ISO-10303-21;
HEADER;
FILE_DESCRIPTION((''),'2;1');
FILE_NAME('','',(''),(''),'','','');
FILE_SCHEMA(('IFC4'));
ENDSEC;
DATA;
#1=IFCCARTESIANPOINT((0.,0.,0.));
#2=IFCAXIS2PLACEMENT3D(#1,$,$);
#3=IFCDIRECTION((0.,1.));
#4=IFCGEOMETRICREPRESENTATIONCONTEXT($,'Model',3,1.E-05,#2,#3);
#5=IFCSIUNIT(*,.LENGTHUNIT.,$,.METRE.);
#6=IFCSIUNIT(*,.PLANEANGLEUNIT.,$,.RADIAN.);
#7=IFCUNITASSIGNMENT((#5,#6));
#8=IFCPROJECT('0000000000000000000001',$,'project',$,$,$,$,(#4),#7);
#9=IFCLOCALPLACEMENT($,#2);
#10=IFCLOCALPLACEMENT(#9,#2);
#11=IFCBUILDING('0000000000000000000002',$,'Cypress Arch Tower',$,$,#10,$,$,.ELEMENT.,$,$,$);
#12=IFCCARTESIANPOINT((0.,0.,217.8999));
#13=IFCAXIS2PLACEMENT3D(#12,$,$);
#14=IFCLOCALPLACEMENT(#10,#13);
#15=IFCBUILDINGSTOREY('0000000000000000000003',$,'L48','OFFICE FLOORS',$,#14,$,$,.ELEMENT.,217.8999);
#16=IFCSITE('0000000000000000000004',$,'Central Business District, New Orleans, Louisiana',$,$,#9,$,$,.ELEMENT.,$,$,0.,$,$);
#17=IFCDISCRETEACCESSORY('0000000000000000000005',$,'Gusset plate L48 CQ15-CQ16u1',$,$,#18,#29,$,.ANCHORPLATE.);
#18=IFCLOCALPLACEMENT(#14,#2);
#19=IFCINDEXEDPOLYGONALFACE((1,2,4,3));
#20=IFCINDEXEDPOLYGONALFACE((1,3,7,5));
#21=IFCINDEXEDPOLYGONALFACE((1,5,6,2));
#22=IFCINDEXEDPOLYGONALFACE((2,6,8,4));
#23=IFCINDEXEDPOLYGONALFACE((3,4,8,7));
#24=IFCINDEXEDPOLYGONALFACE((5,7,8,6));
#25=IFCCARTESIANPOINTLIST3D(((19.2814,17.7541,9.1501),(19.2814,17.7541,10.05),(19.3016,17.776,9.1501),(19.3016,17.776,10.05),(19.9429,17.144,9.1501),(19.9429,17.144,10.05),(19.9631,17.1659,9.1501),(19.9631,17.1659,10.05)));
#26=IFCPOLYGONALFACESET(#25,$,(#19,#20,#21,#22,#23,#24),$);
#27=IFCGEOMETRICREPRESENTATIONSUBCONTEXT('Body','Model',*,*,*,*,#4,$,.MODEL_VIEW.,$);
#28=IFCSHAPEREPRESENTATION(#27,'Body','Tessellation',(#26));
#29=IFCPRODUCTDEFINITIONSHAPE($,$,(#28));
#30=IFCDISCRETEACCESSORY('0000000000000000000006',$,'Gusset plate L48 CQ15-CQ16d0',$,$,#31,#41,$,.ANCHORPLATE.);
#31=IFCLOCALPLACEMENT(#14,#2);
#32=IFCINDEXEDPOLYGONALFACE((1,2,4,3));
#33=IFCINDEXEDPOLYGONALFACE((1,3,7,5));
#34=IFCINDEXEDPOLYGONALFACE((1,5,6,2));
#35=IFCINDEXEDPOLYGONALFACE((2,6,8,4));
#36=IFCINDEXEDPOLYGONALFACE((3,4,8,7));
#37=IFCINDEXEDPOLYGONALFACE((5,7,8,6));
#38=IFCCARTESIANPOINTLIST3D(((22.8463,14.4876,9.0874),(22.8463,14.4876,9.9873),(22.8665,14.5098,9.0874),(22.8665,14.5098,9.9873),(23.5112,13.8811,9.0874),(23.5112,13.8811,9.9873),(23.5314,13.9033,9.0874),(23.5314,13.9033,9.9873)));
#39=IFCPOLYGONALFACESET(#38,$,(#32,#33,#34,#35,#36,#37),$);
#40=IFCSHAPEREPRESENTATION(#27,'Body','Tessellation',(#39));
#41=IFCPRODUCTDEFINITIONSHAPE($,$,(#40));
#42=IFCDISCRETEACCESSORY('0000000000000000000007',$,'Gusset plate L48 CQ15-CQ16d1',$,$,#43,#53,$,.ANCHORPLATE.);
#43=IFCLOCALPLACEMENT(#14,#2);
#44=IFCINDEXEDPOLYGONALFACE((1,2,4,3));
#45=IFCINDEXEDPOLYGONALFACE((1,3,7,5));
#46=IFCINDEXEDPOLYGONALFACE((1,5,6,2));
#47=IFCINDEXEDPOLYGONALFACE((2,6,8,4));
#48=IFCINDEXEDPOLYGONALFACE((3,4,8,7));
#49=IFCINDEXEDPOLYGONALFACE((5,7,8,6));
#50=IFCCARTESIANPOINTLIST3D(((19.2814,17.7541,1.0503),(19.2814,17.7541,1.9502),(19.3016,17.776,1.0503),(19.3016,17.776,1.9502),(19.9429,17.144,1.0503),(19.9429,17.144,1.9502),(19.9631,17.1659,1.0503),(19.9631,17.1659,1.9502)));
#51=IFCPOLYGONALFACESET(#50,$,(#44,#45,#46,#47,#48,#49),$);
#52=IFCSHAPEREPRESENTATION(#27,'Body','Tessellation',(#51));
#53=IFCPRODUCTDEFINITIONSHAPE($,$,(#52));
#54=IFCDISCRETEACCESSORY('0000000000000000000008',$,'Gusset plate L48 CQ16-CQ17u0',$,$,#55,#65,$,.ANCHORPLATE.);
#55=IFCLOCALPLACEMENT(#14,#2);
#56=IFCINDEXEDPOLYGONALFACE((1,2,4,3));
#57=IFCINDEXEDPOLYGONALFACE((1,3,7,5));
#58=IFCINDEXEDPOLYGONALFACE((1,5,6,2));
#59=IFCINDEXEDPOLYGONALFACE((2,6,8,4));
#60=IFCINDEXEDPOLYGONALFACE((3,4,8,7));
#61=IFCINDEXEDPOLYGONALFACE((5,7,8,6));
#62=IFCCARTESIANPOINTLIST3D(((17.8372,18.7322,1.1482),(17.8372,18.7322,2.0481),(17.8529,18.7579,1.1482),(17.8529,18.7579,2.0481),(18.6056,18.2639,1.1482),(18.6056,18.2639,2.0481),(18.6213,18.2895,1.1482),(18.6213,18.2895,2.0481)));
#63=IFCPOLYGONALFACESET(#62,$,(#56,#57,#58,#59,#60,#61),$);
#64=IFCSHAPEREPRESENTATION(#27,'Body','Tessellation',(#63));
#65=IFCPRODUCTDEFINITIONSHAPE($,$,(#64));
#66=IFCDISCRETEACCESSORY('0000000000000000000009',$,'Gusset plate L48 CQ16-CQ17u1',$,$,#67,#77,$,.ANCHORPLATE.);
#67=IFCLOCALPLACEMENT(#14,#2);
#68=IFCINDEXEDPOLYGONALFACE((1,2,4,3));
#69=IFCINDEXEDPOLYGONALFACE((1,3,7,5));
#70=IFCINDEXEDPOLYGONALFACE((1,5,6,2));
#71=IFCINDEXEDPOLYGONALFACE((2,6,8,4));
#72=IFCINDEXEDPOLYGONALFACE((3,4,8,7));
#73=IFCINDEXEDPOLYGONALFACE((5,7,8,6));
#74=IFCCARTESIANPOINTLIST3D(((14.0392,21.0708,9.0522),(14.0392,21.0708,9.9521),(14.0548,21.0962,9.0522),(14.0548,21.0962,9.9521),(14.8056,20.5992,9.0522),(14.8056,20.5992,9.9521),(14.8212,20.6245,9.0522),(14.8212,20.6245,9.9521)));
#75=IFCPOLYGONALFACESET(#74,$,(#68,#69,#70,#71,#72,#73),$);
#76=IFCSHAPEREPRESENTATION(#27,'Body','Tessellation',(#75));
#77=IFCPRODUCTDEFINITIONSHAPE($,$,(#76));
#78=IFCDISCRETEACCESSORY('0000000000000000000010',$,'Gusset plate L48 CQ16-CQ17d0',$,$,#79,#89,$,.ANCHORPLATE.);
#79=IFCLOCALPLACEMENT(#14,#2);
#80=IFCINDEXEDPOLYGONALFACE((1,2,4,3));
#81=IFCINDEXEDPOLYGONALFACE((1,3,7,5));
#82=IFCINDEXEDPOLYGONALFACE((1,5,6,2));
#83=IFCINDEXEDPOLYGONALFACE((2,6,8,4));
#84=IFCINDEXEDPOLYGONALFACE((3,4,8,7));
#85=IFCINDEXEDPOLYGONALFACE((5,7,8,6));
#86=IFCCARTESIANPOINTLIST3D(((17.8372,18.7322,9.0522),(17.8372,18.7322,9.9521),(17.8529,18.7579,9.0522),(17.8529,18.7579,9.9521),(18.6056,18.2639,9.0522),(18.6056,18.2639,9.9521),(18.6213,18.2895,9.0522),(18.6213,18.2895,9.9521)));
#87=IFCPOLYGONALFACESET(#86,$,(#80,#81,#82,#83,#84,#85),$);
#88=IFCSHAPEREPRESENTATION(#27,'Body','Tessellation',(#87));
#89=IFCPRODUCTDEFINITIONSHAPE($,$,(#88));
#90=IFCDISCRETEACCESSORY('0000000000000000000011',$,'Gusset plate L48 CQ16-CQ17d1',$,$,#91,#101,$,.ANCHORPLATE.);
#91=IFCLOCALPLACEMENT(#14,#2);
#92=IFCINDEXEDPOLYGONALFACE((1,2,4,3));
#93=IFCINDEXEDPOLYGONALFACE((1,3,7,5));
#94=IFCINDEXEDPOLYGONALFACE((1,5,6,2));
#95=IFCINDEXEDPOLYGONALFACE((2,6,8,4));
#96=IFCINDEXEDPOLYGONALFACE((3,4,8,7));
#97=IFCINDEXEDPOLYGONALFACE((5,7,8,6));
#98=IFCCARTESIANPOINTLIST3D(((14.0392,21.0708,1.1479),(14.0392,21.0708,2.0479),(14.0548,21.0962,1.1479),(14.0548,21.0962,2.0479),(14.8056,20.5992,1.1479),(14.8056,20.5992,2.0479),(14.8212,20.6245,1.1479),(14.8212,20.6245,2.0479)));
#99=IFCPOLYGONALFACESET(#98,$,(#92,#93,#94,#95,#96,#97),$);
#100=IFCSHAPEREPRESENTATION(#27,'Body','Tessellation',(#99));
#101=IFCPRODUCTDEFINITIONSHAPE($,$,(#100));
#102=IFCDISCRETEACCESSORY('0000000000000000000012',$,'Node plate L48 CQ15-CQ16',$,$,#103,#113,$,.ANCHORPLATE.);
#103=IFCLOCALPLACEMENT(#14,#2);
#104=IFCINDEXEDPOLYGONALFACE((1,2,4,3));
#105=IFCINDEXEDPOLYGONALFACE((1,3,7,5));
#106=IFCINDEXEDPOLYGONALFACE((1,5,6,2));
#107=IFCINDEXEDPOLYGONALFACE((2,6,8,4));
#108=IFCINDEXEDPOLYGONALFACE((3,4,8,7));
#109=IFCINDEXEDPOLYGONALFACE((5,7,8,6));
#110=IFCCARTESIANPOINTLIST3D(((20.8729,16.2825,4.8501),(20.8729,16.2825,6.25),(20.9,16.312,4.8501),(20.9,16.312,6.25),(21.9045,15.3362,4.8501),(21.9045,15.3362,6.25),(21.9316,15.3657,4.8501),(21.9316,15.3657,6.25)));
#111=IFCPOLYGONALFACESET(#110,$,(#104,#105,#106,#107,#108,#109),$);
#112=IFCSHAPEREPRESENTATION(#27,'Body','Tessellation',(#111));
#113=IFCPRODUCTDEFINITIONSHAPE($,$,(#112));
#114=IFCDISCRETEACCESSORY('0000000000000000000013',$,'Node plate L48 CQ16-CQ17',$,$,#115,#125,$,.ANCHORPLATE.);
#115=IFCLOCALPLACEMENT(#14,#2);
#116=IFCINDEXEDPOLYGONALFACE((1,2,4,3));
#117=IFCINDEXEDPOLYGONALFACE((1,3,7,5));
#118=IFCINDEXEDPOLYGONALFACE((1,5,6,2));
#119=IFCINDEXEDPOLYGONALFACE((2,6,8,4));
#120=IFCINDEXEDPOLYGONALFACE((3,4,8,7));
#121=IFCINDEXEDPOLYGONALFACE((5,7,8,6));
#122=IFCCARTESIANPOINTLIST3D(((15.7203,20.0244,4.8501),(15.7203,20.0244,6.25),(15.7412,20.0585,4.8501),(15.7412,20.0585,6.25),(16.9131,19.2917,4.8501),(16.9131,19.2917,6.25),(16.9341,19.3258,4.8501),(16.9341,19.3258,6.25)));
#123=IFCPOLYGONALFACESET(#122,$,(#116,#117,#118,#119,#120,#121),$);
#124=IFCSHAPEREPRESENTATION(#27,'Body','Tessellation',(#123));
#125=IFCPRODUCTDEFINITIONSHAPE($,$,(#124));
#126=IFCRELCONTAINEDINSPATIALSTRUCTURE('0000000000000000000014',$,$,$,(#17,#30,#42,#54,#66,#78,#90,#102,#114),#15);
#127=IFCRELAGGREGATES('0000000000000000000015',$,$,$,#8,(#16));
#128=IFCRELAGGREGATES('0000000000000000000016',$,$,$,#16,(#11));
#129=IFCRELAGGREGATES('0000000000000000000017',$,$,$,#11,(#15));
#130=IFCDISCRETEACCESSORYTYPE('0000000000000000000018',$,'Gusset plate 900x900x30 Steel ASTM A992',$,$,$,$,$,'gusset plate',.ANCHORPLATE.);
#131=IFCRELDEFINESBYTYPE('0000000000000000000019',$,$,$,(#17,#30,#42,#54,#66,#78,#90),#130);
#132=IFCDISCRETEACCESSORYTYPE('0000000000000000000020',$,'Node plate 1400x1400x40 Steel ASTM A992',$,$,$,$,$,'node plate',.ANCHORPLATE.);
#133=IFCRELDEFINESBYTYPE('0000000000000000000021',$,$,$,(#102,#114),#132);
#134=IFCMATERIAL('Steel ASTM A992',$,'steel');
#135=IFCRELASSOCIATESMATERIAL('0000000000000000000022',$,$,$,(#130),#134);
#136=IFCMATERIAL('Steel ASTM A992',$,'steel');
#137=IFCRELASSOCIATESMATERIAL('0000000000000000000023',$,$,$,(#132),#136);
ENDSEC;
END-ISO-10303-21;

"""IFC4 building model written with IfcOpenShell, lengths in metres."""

from ifc_helpers import new_model, si_unit, direction, frame, origin, origin_2d, place, context, subcontext, project, spatial, rectangle, extrude, material, material_profile, profile_set, type_object, element, save


model = new_model("IFC4")

# Units and contexts
model_context = context("Model", 3, precision=1e-05, world=origin(), true_north=direction((0.0, 1.0)))
body_context = subcontext(model_context, "Body", "Model", "MODEL_VIEW")
ifc_project = project(units=[si_unit("LENGTHUNIT", "METRE"), si_unit("PLANEANGLEUNIT", "RADIAN")], contexts=[model_context])

# Site, building, storey
site_placement = place(None, origin())
site = spatial("IfcSite", under=ifc_project, at=site_placement, Name="Central Business District, New Orleans, Louisiana", CompositionType="ELEMENT", RefElevation=0.0)
building_placement = place(site_placement, origin())
building = spatial("IfcBuilding", under=site, at=building_placement, Name="Cypress Arch Tower", CompositionType="ELEMENT")
storey_placement = place(building_placement, frame((0.0, 0.0, 217.8999)))
storey = spatial("IfcBuildingStorey", under=building, at=storey_placement, Name="L48", Description="OFFICE FLOORS", CompositionType="ELEMENT", Elevation=217.8999)

# Discrete accessories
ifc_material_1 = material(Name="Steel ASTM A992", Category="steel")
ifc_material_profile_1 = material_profile(ifc_material_1, rectangle(XDim=0.8999, YDim=0.8999, at=origin_2d()), Name="PL 30 900x900")
ifc_profile_set_1 = profile_set([ifc_material_profile_1], Name="Steel ASTM A992")
discrete_accessory_type_1 = type_object("IfcDiscreteAccessoryType", Name="Gusset plate 900x900x30 Steel ASTM A992", ElementType="gusset plate", PredefinedType="ANCHORPLATE", material=ifc_profile_set_1)
discrete_accessory_1_placement = place(storey_placement, frame((19.6323, 17.4709, 9.6001), z_axis=(-0.677941, -0.735117, 0.0), x_axis=(0.735117, -0.677941, 0.0)))
element("IfcDiscreteAccessory", 1, at=discrete_accessory_1_placement, inside=storey, type_object=discrete_accessory_type_1, Name="Gusset plate L48 CQ15-CQ16u1", PredefinedType="ANCHORPLATE", context=body_context, shape_type="SweptSolid", body=[
    extrude(rectangle(XDim=0.8999, YDim=0.8999, at=origin_2d()), origin(), (0.0, 0.0, 1.0), 0.0298),
])
discrete_accessory_2_placement = place(storey_placement, frame((23.199, 14.2065, 9.5374), z_axis=(-0.673884, -0.738837, 0.0), x_axis=(0.738837, -0.673884, 0.0)))
element("IfcDiscreteAccessory", 2, at=discrete_accessory_2_placement, inside=storey, type_object=discrete_accessory_type_1, Name="Gusset plate L48 CQ15-CQ16d0", PredefinedType="ANCHORPLATE", context=body_context, shape_type="SweptSolid", body=[
    extrude(rectangle(XDim=0.8999, YDim=0.8999, at=origin_2d()), origin(), (0.0, 0.0, 1.0), 0.03),
])
discrete_accessory_3_placement = place(storey_placement, frame((19.6323, 17.4709, 1.5002), z_axis=(-0.677941, -0.735117, 0.0), x_axis=(0.735117, -0.677941, 0.0)))
element("IfcDiscreteAccessory", 3, at=discrete_accessory_3_placement, inside=storey, type_object=discrete_accessory_type_1, Name="Gusset plate L48 CQ15-CQ16d1", PredefinedType="ANCHORPLATE", context=body_context, shape_type="SweptSolid", body=[
    extrude(rectangle(XDim=0.8999, YDim=0.8999, at=origin_2d()), origin(), (0.0, 0.0, 1.0), 0.0298),
])
discrete_accessory_4_placement = place(storey_placement, frame((18.2371, 18.5237, 1.5981), z_axis=(-0.520463, -0.853884, 0.0), x_axis=(0.853884, -0.520463, 0.0)))
element("IfcDiscreteAccessory", 4, at=discrete_accessory_4_placement, inside=storey, type_object=discrete_accessory_type_1, Name="Gusset plate L48 CQ16-CQ17u0", PredefinedType="ANCHORPLATE", context=body_context, shape_type="SweptSolid", body=[
    extrude(rectangle(XDim=0.8999, YDim=0.8999, at=origin_2d()), origin(), (0.0, 0.0, 1.0), 0.03),
])
discrete_accessory_5_placement = place(storey_placement, frame((14.438, 20.8604, 9.5022), z_axis=(-0.524097, -0.851658, 0.0), x_axis=(0.851658, -0.524097, 0.0)))
element("IfcDiscreteAccessory", 5, at=discrete_accessory_5_placement, inside=storey, type_object=discrete_accessory_type_1, Name="Gusset plate L48 CQ16-CQ17u1", PredefinedType="ANCHORPLATE", context=body_context, shape_type="SweptSolid", body=[
    extrude(rectangle(XDim=0.8999, YDim=0.8999, at=origin_2d()), origin(), (0.0, 0.0, 1.0), 0.0298),
])
discrete_accessory_6_placement = place(storey_placement, frame((18.2371, 18.5237, 9.5022), z_axis=(-0.520463, -0.853884, 0.0), x_axis=(0.853884, -0.520463, 0.0)))
element("IfcDiscreteAccessory", 6, at=discrete_accessory_6_placement, inside=storey, type_object=discrete_accessory_type_1, Name="Gusset plate L48 CQ16-CQ17d0", PredefinedType="ANCHORPLATE", context=body_context, shape_type="SweptSolid", body=[
    extrude(rectangle(XDim=0.8999, YDim=0.8999, at=origin_2d()), origin(), (0.0, 0.0, 1.0), 0.03),
])
discrete_accessory_7_placement = place(storey_placement, frame((14.438, 20.8604, 1.5979), z_axis=(-0.524097, -0.851658, 0.0), x_axis=(0.851658, -0.524097, 0.0)))
element("IfcDiscreteAccessory", 7, at=discrete_accessory_7_placement, inside=storey, type_object=discrete_accessory_type_1, Name="Gusset plate L48 CQ16-CQ17d1", PredefinedType="ANCHORPLATE", context=body_context, shape_type="SweptSolid", body=[
    extrude(rectangle(XDim=0.8999, YDim=0.8999, at=origin_2d()), origin(), (0.0, 0.0, 1.0), 0.0298),
])
ifc_material_2 = material(Name="Steel ASTM A992", Category="steel")
ifc_material_profile_2 = material_profile(ifc_material_2, rectangle(XDim=1.3999, YDim=1.3999, at=origin_2d()), Name="PL 40 1400x1400")
ifc_profile_set_2 = profile_set([ifc_material_profile_2], Name="Steel ASTM A992")
discrete_accessory_type_2 = type_object("IfcDiscreteAccessoryType", Name="Node plate 1400x1400x40 Steel ASTM A992", ElementType="node plate", PredefinedType="ANCHORPLATE", material=ifc_profile_set_2)
for number, where, z_axis, x_axis, name in (
    (8, (21.4158, 15.8389, 5.55), (-0.676, -0.736901, 0.0), (0.736901, -0.676, 0.0), "Node plate L48 CQ15-CQ16"),
    (9, (16.3376, 19.6921, 5.55), (-0.523418, -0.852076, 0.0), (0.852076, -0.523418, 0.0), "Node plate L48 CQ16-CQ17"),
):
    element("IfcDiscreteAccessory", number, at=place(storey_placement, frame(where, z_axis=z_axis, x_axis=x_axis)), inside=storey, type_object=discrete_accessory_type_2, Name=name, PredefinedType="ANCHORPLATE", context=body_context, shape_type="SweptSolid", body=[
        extrude(rectangle(XDim=1.3999, YDim=1.3999, at=origin_2d()), origin(), (0.0, 0.0, 1.0), 0.04),
    ])

save(model, "model.ifc")
